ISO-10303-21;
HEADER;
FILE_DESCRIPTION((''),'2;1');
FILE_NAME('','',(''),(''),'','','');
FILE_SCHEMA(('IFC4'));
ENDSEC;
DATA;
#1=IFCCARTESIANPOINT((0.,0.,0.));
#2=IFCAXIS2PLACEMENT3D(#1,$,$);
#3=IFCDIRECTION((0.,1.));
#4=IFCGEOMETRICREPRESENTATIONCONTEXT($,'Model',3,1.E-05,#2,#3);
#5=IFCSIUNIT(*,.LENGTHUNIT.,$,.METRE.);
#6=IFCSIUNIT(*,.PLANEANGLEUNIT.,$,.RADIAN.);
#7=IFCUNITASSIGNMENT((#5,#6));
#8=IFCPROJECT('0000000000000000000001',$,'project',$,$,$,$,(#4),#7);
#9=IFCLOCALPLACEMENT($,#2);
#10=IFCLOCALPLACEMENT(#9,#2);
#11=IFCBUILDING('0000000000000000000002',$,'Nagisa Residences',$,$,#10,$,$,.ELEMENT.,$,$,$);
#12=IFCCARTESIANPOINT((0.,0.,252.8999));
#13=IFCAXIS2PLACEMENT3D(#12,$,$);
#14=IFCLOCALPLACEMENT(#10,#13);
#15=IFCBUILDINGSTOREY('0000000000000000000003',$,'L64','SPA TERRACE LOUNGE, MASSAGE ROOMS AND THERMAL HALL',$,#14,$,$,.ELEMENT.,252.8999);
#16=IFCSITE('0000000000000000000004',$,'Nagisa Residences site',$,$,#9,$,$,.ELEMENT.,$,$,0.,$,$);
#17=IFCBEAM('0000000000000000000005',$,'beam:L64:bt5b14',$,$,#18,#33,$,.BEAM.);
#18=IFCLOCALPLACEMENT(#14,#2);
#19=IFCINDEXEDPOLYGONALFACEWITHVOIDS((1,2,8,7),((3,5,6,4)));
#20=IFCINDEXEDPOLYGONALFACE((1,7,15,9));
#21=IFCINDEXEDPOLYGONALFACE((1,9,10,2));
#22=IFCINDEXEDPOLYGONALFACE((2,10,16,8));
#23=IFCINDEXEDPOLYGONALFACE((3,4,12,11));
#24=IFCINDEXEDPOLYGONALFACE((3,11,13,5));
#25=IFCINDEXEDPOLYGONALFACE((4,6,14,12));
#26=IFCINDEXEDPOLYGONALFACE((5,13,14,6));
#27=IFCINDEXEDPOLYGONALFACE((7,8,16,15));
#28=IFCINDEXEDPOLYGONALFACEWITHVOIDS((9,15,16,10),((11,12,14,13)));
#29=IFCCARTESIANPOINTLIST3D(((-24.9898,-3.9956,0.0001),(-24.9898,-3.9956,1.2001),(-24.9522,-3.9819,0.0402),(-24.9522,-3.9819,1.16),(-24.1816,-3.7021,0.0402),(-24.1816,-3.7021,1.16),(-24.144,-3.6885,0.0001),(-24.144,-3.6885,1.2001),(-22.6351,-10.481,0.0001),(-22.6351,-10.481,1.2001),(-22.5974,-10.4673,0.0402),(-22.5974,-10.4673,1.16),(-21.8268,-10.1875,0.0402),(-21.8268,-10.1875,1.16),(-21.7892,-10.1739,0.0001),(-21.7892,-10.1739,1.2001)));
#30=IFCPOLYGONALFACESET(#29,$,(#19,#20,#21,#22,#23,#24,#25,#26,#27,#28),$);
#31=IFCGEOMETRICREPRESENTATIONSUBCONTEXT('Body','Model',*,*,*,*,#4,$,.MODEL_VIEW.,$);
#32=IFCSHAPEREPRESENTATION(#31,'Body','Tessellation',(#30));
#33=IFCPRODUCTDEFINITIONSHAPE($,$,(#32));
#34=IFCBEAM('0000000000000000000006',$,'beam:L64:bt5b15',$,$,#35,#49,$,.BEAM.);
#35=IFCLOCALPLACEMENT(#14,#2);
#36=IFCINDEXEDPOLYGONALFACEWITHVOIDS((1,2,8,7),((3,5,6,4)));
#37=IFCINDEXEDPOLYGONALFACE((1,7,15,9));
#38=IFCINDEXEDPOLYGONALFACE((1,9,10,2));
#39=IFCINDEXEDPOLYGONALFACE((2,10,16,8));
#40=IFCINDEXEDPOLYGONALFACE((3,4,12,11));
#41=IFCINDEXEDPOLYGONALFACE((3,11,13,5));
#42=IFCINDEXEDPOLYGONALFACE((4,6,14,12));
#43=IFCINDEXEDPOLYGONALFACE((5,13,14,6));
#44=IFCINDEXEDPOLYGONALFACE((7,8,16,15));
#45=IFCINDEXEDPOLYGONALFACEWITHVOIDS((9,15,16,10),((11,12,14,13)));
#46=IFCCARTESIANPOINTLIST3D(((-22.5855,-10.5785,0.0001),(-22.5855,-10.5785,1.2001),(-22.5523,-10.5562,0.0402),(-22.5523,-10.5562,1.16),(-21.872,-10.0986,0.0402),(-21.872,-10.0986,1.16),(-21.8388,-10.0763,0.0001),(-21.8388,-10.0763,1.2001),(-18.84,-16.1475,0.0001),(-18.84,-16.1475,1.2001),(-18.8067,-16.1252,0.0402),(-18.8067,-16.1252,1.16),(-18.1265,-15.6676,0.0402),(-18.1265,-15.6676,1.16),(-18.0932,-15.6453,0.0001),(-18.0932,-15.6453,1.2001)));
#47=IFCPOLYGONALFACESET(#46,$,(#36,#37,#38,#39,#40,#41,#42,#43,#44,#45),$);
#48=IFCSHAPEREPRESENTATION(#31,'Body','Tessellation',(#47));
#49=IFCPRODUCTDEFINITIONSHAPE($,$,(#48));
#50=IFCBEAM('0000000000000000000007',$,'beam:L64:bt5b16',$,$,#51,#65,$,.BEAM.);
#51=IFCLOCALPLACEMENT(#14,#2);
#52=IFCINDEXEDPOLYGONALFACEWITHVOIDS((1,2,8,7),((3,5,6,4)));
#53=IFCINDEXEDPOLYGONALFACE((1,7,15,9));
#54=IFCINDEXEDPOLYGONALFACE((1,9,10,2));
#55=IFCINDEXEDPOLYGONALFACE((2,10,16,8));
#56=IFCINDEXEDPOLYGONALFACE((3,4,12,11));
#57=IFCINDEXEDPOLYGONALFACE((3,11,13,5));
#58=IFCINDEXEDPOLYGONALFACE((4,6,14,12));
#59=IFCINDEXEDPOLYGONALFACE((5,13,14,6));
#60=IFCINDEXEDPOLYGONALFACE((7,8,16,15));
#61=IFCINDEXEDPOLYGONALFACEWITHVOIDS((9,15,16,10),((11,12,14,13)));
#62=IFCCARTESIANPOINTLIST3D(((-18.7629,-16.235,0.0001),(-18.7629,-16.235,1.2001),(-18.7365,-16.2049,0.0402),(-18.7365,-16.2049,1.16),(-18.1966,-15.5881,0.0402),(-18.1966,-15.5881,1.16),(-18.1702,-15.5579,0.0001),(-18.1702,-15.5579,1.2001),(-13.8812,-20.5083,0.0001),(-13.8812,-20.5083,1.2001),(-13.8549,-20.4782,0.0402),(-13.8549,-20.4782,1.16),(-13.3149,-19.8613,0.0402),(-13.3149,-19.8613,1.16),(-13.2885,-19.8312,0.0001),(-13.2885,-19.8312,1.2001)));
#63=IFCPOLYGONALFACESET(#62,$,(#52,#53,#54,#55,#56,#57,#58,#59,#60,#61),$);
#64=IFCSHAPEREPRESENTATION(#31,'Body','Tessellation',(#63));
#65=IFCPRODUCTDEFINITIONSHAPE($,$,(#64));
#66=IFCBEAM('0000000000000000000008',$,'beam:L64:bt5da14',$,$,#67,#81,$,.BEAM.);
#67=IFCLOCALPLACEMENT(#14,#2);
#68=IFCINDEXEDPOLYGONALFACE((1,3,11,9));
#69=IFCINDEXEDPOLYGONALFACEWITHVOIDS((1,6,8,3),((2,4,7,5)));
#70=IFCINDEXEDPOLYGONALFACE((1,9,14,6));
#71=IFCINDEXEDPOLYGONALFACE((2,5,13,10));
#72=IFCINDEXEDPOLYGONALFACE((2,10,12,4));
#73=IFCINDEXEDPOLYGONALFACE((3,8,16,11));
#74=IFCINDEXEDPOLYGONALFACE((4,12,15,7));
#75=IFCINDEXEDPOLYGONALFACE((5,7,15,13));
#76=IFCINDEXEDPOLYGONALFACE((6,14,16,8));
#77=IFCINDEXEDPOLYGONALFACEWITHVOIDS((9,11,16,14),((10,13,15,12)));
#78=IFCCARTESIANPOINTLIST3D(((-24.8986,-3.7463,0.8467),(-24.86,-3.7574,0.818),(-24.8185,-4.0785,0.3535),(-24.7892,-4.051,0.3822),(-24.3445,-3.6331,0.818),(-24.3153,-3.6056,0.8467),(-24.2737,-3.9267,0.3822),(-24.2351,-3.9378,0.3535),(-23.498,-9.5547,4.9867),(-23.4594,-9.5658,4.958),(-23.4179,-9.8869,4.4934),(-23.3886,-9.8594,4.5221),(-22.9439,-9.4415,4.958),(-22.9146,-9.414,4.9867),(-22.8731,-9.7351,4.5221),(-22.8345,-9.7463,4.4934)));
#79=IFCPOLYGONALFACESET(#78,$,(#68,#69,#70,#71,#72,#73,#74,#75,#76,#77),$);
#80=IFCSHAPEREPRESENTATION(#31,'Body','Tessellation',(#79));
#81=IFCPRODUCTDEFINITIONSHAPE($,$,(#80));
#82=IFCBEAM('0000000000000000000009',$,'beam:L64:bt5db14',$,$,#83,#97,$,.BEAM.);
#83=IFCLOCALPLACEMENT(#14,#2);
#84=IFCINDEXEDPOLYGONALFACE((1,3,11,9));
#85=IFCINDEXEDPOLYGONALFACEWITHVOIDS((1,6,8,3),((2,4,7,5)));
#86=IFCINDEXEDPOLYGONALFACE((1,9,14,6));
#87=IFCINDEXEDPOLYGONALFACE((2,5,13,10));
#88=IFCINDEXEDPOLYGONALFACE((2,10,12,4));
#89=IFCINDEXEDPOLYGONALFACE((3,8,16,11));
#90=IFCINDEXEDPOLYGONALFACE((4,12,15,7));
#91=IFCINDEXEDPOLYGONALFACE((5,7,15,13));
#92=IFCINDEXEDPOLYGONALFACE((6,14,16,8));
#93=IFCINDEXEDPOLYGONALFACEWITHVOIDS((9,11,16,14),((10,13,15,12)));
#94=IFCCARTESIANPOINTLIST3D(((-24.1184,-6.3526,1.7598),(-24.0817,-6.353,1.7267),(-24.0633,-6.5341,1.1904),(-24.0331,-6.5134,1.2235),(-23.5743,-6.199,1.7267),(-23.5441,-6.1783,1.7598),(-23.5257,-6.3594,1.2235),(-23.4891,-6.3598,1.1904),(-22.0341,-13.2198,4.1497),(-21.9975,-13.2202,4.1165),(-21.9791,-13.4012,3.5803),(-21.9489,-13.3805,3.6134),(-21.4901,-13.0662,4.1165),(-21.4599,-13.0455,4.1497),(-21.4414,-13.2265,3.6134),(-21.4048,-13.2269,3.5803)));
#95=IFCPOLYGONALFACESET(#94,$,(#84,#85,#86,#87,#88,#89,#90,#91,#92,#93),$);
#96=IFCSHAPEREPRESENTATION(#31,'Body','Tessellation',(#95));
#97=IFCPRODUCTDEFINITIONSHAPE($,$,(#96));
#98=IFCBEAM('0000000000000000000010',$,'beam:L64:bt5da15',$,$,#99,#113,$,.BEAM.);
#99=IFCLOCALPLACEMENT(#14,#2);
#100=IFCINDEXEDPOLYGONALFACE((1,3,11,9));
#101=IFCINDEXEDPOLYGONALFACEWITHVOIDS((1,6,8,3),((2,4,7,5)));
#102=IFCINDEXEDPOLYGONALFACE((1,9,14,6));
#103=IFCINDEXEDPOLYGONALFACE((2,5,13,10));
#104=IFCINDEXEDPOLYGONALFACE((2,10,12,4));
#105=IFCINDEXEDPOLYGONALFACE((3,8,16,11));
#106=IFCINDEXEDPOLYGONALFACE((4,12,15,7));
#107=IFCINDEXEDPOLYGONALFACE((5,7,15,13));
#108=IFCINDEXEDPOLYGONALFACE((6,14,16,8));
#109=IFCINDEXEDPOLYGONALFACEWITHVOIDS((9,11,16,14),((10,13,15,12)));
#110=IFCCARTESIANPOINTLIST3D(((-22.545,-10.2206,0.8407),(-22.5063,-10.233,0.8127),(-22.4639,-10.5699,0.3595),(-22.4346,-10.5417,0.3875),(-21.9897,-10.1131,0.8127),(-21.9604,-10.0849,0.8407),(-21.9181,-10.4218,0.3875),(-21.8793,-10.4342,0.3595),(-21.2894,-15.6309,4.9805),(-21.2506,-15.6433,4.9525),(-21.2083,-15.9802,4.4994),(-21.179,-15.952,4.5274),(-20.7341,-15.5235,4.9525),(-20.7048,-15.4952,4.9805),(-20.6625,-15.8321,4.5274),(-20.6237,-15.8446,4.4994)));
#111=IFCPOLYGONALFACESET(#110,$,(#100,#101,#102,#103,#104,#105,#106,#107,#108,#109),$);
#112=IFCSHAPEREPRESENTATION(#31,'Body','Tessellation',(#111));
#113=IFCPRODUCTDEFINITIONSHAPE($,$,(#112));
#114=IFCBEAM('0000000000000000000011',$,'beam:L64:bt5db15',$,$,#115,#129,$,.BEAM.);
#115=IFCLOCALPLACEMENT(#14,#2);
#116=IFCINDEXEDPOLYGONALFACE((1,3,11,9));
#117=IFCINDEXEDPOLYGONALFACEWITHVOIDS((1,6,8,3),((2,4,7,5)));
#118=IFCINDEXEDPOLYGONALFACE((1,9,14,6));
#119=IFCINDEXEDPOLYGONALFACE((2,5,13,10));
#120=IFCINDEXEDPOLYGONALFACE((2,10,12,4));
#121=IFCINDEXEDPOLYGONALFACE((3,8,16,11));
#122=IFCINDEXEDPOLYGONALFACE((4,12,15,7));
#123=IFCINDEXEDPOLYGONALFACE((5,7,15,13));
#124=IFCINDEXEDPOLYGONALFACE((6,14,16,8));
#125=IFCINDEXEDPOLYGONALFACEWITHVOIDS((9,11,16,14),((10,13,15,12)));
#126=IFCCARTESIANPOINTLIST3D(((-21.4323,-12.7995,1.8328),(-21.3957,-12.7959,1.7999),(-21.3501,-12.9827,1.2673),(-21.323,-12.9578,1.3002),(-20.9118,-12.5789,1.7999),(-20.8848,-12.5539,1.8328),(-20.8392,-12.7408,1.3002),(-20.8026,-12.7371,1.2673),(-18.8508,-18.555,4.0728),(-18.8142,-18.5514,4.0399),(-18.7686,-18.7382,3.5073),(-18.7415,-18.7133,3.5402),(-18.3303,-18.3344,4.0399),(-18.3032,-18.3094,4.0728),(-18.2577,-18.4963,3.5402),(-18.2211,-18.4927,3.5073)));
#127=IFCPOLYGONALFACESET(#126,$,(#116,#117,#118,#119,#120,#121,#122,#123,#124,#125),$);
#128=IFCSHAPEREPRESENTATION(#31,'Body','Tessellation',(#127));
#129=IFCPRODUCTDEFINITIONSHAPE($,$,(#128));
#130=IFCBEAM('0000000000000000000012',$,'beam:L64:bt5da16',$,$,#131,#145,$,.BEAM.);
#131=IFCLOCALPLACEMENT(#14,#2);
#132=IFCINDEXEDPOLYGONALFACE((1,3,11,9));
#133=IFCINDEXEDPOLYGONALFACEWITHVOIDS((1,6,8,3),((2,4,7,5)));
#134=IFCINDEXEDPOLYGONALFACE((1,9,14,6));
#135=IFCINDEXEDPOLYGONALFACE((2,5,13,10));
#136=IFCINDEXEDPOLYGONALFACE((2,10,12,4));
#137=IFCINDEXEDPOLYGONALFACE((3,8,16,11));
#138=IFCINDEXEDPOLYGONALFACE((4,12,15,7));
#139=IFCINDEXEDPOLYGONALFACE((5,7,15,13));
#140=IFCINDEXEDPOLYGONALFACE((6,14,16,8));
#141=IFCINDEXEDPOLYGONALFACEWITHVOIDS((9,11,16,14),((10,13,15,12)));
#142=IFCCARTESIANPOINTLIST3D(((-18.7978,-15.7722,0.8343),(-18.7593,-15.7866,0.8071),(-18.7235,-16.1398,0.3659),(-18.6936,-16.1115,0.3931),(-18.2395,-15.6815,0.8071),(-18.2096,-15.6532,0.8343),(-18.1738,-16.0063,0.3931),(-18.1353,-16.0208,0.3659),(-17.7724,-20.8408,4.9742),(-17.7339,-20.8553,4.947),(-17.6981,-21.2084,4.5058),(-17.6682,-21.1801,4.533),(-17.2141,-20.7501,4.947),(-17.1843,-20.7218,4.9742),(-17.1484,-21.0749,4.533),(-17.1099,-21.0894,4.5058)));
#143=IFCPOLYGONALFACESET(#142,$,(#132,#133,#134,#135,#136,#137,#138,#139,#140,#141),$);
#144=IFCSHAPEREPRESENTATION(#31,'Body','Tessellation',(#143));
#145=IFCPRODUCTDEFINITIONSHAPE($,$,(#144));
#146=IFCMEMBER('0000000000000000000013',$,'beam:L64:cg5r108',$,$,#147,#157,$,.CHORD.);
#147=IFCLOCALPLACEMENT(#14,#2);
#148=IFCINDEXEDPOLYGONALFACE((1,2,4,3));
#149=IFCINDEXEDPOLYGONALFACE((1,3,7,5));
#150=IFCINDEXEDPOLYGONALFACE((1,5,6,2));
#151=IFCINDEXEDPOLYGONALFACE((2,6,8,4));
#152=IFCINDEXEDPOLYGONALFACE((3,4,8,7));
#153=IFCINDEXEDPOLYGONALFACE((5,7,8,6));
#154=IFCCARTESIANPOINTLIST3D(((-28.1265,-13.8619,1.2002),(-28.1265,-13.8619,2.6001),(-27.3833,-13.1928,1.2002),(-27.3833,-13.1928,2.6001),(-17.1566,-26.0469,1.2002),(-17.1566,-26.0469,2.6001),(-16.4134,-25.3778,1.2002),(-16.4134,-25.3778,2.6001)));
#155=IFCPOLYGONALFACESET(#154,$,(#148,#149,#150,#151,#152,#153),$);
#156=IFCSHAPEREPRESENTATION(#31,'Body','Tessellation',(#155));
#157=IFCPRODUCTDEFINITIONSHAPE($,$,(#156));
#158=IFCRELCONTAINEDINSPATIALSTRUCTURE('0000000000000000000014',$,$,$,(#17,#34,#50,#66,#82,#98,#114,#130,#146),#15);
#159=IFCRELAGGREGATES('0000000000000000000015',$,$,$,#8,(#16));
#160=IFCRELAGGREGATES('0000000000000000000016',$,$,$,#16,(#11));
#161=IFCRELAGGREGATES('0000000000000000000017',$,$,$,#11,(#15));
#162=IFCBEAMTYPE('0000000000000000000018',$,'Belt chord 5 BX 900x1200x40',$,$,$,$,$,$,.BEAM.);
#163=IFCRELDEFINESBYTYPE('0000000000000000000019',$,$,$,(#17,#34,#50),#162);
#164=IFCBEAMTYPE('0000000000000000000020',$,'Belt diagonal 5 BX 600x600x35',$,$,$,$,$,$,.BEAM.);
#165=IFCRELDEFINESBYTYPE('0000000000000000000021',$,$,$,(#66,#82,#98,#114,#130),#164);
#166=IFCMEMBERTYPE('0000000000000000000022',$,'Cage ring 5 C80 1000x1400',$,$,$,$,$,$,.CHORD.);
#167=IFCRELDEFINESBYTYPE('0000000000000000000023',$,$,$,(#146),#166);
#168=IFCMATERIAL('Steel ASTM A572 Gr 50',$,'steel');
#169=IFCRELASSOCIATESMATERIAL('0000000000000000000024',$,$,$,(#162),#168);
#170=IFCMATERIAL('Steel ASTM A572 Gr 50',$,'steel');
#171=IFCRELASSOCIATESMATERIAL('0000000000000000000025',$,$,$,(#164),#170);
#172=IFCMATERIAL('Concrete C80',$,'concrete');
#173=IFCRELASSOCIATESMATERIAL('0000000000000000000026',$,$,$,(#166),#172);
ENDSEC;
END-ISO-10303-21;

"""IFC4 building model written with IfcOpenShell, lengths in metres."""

from ifc_helpers import new_model, si_unit, direction, frame, origin, origin_2d, place, context, subcontext, project, spatial, rectangle, hollow_rectangle, extrude, material, material_profile, profile_set, type_object, element, save


model = new_model("IFC4")

# Units and contexts
model_context = context("Model", 3, precision=1e-05, world=origin(), true_north=direction((0.0, 1.0)))
body_context = subcontext(model_context, "Body", "Model", "MODEL_VIEW")
ifc_project = project(units=[si_unit("LENGTHUNIT", "METRE"), si_unit("PLANEANGLEUNIT", "RADIAN")], contexts=[model_context])

# Site, building, storey
site_placement = place(None, origin())
site = spatial("IfcSite", under=ifc_project, at=site_placement, Name="Nagisa Residences site", CompositionType="ELEMENT", RefElevation=0.0)
building_placement = place(site_placement, origin())
building = spatial("IfcBuilding", under=site, at=building_placement, Name="Nagisa Residences", CompositionType="ELEMENT")
storey_placement = place(building_placement, frame((0.0, 0.0, 252.8999)))
storey = spatial("IfcBuildingStorey", under=building, at=storey_placement, Name="L64", Description="SPA TERRACE LOUNGE, MASSAGE ROOMS AND THERMAL HALL", CompositionType="ELEMENT", Elevation=252.8999)

# Beams
ifc_material_1 = material(Name="Steel ASTM A572 Gr 50", Category="steel")
ifc_material_profile_1 = material_profile(ifc_material_1, hollow_rectangle(XDim=0.8999, YDim=1.2, WallThickness=0.04, at=origin_2d()), Name="BX 900x1200x40")
ifc_profile_set_1 = profile_set([ifc_material_profile_1], Name="Steel ASTM A572 Gr 50")
beam_type_1 = type_object("IfcBeamType", Name="Belt chord 5 BX 900x1200x40", PredefinedType="BEAM", material=ifc_profile_set_1)
beam_1_placement = place(storey_placement, frame((-24.5669, -3.842, 0.6001), z_axis=(0.341286, -0.93996, 0.0), x_axis=(0.93996, 0.341286, 0.0)))
element("IfcBeam", 1, at=beam_1_placement, inside=storey, type_object=beam_type_1, Name="beam:L64:bt5b14", PredefinedType="BEAM", context=body_context, shape_type="SweptSolid", body=[
    extrude(hollow_rectangle(XDim=0.8999, YDim=1.2, WallThickness=0.04, at=origin_2d()), origin(), (0.0, 0.0, 1.0), 6.8997),
])
beam_2_placement = place(storey_placement, frame((-22.2122, -10.3274, 0.6001), z_axis=(0.558087, -0.829782, 0.0), x_axis=(0.829782, 0.558087, 0.0)))
element("IfcBeam", 2, at=beam_2_placement, inside=storey, type_object=beam_type_1, Name="beam:L64:bt5b15", PredefinedType="BEAM", context=body_context, shape_type="SweptSolid", body=[
    extrude(hollow_rectangle(XDim=0.8999, YDim=1.2, WallThickness=0.04, at=origin_2d()), origin(), (0.0, 0.0, 1.0), 6.7114),
])
beam_3_placement = place(storey_placement, frame((-18.4666, -15.8965, 0.6001), z_axis=(0.752439, -0.658662, 0.0), x_axis=(0.658662, 0.752439, 0.0)))
element("IfcBeam", 3, at=beam_3_placement, inside=storey, type_object=beam_type_1, Name="beam:L64:bt5b16", PredefinedType="BEAM", context=body_context, shape_type="SweptSolid", body=[
    extrude(hollow_rectangle(XDim=0.8999, YDim=1.2, WallThickness=0.04, at=origin_2d()), origin(), (0.0, 0.0, 1.0), 6.4878),
])
ifc_material_2 = material(Name="Steel ASTM A572 Gr 50", Category="steel")
ifc_material_profile_2 = material_profile(ifc_material_2, hollow_rectangle(XDim=0.6001, YDim=0.6001, WallThickness=0.0349, at=origin_2d()), Name="BX 600x600x35")
ifc_profile_set_2 = profile_set([ifc_material_profile_2], Name="Steel ASTM A572 Gr 50")
beam_type_2 = type_object("IfcBeamType", Name="Belt diagonal 5 BX 600x600x35", PredefinedType="BEAM", material=ifc_profile_set_2)
beam_4_placement = place(storey_placement, frame((-24.5669, -3.842, 0.6001), z_axis=(0.192688, -0.799065, 0.569532), x_axis=(0.972135, 0.234422, 0.0)))
element("IfcBeam", 4, at=beam_4_placement, inside=storey, type_object=beam_type_2, Name="beam:L64:bt5da14", PredefinedType="BEAM", context=body_context, shape_type="SweptSolid", body=[
    extrude(hollow_rectangle(XDim=0.6001, YDim=0.6001, WallThickness=0.0349, at=origin_2d()), origin(), (0.0, 0.0, 1.0), 7.269),
])
beam_5_placement = place(storey_placement, frame((-23.8037, -6.3562, 1.4751), z_axis=(0.275546, -0.90788, 0.315957), x_axis=(0.956898, 0.290424, 0.0)))
element("IfcBeam", 5, at=beam_5_placement, inside=storey, type_object=beam_type_2, Name="beam:L64:bt5db14", PredefinedType="BEAM", context=body_context, shape_type="SweptSolid", body=[
    extrude(hollow_rectangle(XDim=0.6001, YDim=0.6001, WallThickness=0.0349, at=origin_2d()), origin(), (0.0, 0.0, 1.0), 7.564),
])
beam_6_placement = place(storey_placement, frame((-22.2122, -10.3274, 0.6001), z_axis=(0.181256, -0.781024, 0.597619), x_axis=(0.974112, 0.226066, 0.0)))
element("IfcBeam", 6, at=beam_6_placement, inside=storey, type_object=beam_type_2, Name="beam:L64:bt5da15", PredefinedType="BEAM", context=body_context, shape_type="SweptSolid", body=[
    extrude(hollow_rectangle(XDim=0.6001, YDim=0.6001, WallThickness=0.0349, at=origin_2d()), origin(), (0.0, 0.0, 1.0), 6.9272),
])
beam_7_placement = place(storey_placement, frame((-21.1174, -12.7683, 1.55), z_axis=(0.385653, -0.859823, 0.334629), x_axis=(0.912424, 0.409246, 0.0)))
element("IfcBeam", 7, at=beam_7_placement, inside=storey, type_object=beam_type_2, Name="beam:L64:bt5db15", PredefinedType="BEAM", context=body_context, shape_type="SweptSolid", body=[
    extrude(hollow_rectangle(XDim=0.6001, YDim=0.6001, WallThickness=0.0349, at=origin_2d()), origin(), (0.0, 0.0, 1.0), 6.6938),
])
beam_8_placement = place(storey_placement, frame((-18.4666, -15.8965, 0.6001), z_axis=(0.154793, -0.765157, 0.624959), x_axis=(0.980144, 0.198286, 0.0)))
element("IfcBeam", 8, at=beam_8_placement, inside=storey, type_object=beam_type_2, Name="beam:L64:bt5da16", PredefinedType="BEAM", context=body_context, shape_type="SweptSolid", body=[
    extrude(hollow_rectangle(XDim=0.6001, YDim=0.6001, WallThickness=0.0349, at=origin_2d()), origin(), (0.0, 0.0, 1.0), 6.6243),
])

# Member
ifc_material_3 = material(Name="Concrete C80", Category="concrete")
ifc_material_profile_3 = material_profile(ifc_material_3, rectangle(XDim=1.0, YDim=1.3999, at=origin_2d()), Name="C80 1000x1400")
ifc_profile_set_3 = profile_set([ifc_material_profile_3], Name="Concrete C80")
member_type_1 = type_object("IfcMemberType", Name="Cage ring 5 C80 1000x1400", PredefinedType="CHORD", material=ifc_profile_set_3)
member_1_placement = place(storey_placement, frame((-27.7549, -13.5273, 1.9001), z_axis=(0.66908, -0.74319, 0.0), x_axis=(0.74319, 0.66908, 0.0)))
element("IfcMember", 9, at=member_1_placement, inside=storey, type_object=member_type_1, Name="beam:L64:cg5r108", PredefinedType="CHORD", context=body_context, shape_type="SweptSolid", body=[
    extrude(rectangle(XDim=1.0, YDim=1.3999, at=origin_2d()), origin(), (0.0, 0.0, 1.0), 16.3955),
])

save(model, "model.ifc")
